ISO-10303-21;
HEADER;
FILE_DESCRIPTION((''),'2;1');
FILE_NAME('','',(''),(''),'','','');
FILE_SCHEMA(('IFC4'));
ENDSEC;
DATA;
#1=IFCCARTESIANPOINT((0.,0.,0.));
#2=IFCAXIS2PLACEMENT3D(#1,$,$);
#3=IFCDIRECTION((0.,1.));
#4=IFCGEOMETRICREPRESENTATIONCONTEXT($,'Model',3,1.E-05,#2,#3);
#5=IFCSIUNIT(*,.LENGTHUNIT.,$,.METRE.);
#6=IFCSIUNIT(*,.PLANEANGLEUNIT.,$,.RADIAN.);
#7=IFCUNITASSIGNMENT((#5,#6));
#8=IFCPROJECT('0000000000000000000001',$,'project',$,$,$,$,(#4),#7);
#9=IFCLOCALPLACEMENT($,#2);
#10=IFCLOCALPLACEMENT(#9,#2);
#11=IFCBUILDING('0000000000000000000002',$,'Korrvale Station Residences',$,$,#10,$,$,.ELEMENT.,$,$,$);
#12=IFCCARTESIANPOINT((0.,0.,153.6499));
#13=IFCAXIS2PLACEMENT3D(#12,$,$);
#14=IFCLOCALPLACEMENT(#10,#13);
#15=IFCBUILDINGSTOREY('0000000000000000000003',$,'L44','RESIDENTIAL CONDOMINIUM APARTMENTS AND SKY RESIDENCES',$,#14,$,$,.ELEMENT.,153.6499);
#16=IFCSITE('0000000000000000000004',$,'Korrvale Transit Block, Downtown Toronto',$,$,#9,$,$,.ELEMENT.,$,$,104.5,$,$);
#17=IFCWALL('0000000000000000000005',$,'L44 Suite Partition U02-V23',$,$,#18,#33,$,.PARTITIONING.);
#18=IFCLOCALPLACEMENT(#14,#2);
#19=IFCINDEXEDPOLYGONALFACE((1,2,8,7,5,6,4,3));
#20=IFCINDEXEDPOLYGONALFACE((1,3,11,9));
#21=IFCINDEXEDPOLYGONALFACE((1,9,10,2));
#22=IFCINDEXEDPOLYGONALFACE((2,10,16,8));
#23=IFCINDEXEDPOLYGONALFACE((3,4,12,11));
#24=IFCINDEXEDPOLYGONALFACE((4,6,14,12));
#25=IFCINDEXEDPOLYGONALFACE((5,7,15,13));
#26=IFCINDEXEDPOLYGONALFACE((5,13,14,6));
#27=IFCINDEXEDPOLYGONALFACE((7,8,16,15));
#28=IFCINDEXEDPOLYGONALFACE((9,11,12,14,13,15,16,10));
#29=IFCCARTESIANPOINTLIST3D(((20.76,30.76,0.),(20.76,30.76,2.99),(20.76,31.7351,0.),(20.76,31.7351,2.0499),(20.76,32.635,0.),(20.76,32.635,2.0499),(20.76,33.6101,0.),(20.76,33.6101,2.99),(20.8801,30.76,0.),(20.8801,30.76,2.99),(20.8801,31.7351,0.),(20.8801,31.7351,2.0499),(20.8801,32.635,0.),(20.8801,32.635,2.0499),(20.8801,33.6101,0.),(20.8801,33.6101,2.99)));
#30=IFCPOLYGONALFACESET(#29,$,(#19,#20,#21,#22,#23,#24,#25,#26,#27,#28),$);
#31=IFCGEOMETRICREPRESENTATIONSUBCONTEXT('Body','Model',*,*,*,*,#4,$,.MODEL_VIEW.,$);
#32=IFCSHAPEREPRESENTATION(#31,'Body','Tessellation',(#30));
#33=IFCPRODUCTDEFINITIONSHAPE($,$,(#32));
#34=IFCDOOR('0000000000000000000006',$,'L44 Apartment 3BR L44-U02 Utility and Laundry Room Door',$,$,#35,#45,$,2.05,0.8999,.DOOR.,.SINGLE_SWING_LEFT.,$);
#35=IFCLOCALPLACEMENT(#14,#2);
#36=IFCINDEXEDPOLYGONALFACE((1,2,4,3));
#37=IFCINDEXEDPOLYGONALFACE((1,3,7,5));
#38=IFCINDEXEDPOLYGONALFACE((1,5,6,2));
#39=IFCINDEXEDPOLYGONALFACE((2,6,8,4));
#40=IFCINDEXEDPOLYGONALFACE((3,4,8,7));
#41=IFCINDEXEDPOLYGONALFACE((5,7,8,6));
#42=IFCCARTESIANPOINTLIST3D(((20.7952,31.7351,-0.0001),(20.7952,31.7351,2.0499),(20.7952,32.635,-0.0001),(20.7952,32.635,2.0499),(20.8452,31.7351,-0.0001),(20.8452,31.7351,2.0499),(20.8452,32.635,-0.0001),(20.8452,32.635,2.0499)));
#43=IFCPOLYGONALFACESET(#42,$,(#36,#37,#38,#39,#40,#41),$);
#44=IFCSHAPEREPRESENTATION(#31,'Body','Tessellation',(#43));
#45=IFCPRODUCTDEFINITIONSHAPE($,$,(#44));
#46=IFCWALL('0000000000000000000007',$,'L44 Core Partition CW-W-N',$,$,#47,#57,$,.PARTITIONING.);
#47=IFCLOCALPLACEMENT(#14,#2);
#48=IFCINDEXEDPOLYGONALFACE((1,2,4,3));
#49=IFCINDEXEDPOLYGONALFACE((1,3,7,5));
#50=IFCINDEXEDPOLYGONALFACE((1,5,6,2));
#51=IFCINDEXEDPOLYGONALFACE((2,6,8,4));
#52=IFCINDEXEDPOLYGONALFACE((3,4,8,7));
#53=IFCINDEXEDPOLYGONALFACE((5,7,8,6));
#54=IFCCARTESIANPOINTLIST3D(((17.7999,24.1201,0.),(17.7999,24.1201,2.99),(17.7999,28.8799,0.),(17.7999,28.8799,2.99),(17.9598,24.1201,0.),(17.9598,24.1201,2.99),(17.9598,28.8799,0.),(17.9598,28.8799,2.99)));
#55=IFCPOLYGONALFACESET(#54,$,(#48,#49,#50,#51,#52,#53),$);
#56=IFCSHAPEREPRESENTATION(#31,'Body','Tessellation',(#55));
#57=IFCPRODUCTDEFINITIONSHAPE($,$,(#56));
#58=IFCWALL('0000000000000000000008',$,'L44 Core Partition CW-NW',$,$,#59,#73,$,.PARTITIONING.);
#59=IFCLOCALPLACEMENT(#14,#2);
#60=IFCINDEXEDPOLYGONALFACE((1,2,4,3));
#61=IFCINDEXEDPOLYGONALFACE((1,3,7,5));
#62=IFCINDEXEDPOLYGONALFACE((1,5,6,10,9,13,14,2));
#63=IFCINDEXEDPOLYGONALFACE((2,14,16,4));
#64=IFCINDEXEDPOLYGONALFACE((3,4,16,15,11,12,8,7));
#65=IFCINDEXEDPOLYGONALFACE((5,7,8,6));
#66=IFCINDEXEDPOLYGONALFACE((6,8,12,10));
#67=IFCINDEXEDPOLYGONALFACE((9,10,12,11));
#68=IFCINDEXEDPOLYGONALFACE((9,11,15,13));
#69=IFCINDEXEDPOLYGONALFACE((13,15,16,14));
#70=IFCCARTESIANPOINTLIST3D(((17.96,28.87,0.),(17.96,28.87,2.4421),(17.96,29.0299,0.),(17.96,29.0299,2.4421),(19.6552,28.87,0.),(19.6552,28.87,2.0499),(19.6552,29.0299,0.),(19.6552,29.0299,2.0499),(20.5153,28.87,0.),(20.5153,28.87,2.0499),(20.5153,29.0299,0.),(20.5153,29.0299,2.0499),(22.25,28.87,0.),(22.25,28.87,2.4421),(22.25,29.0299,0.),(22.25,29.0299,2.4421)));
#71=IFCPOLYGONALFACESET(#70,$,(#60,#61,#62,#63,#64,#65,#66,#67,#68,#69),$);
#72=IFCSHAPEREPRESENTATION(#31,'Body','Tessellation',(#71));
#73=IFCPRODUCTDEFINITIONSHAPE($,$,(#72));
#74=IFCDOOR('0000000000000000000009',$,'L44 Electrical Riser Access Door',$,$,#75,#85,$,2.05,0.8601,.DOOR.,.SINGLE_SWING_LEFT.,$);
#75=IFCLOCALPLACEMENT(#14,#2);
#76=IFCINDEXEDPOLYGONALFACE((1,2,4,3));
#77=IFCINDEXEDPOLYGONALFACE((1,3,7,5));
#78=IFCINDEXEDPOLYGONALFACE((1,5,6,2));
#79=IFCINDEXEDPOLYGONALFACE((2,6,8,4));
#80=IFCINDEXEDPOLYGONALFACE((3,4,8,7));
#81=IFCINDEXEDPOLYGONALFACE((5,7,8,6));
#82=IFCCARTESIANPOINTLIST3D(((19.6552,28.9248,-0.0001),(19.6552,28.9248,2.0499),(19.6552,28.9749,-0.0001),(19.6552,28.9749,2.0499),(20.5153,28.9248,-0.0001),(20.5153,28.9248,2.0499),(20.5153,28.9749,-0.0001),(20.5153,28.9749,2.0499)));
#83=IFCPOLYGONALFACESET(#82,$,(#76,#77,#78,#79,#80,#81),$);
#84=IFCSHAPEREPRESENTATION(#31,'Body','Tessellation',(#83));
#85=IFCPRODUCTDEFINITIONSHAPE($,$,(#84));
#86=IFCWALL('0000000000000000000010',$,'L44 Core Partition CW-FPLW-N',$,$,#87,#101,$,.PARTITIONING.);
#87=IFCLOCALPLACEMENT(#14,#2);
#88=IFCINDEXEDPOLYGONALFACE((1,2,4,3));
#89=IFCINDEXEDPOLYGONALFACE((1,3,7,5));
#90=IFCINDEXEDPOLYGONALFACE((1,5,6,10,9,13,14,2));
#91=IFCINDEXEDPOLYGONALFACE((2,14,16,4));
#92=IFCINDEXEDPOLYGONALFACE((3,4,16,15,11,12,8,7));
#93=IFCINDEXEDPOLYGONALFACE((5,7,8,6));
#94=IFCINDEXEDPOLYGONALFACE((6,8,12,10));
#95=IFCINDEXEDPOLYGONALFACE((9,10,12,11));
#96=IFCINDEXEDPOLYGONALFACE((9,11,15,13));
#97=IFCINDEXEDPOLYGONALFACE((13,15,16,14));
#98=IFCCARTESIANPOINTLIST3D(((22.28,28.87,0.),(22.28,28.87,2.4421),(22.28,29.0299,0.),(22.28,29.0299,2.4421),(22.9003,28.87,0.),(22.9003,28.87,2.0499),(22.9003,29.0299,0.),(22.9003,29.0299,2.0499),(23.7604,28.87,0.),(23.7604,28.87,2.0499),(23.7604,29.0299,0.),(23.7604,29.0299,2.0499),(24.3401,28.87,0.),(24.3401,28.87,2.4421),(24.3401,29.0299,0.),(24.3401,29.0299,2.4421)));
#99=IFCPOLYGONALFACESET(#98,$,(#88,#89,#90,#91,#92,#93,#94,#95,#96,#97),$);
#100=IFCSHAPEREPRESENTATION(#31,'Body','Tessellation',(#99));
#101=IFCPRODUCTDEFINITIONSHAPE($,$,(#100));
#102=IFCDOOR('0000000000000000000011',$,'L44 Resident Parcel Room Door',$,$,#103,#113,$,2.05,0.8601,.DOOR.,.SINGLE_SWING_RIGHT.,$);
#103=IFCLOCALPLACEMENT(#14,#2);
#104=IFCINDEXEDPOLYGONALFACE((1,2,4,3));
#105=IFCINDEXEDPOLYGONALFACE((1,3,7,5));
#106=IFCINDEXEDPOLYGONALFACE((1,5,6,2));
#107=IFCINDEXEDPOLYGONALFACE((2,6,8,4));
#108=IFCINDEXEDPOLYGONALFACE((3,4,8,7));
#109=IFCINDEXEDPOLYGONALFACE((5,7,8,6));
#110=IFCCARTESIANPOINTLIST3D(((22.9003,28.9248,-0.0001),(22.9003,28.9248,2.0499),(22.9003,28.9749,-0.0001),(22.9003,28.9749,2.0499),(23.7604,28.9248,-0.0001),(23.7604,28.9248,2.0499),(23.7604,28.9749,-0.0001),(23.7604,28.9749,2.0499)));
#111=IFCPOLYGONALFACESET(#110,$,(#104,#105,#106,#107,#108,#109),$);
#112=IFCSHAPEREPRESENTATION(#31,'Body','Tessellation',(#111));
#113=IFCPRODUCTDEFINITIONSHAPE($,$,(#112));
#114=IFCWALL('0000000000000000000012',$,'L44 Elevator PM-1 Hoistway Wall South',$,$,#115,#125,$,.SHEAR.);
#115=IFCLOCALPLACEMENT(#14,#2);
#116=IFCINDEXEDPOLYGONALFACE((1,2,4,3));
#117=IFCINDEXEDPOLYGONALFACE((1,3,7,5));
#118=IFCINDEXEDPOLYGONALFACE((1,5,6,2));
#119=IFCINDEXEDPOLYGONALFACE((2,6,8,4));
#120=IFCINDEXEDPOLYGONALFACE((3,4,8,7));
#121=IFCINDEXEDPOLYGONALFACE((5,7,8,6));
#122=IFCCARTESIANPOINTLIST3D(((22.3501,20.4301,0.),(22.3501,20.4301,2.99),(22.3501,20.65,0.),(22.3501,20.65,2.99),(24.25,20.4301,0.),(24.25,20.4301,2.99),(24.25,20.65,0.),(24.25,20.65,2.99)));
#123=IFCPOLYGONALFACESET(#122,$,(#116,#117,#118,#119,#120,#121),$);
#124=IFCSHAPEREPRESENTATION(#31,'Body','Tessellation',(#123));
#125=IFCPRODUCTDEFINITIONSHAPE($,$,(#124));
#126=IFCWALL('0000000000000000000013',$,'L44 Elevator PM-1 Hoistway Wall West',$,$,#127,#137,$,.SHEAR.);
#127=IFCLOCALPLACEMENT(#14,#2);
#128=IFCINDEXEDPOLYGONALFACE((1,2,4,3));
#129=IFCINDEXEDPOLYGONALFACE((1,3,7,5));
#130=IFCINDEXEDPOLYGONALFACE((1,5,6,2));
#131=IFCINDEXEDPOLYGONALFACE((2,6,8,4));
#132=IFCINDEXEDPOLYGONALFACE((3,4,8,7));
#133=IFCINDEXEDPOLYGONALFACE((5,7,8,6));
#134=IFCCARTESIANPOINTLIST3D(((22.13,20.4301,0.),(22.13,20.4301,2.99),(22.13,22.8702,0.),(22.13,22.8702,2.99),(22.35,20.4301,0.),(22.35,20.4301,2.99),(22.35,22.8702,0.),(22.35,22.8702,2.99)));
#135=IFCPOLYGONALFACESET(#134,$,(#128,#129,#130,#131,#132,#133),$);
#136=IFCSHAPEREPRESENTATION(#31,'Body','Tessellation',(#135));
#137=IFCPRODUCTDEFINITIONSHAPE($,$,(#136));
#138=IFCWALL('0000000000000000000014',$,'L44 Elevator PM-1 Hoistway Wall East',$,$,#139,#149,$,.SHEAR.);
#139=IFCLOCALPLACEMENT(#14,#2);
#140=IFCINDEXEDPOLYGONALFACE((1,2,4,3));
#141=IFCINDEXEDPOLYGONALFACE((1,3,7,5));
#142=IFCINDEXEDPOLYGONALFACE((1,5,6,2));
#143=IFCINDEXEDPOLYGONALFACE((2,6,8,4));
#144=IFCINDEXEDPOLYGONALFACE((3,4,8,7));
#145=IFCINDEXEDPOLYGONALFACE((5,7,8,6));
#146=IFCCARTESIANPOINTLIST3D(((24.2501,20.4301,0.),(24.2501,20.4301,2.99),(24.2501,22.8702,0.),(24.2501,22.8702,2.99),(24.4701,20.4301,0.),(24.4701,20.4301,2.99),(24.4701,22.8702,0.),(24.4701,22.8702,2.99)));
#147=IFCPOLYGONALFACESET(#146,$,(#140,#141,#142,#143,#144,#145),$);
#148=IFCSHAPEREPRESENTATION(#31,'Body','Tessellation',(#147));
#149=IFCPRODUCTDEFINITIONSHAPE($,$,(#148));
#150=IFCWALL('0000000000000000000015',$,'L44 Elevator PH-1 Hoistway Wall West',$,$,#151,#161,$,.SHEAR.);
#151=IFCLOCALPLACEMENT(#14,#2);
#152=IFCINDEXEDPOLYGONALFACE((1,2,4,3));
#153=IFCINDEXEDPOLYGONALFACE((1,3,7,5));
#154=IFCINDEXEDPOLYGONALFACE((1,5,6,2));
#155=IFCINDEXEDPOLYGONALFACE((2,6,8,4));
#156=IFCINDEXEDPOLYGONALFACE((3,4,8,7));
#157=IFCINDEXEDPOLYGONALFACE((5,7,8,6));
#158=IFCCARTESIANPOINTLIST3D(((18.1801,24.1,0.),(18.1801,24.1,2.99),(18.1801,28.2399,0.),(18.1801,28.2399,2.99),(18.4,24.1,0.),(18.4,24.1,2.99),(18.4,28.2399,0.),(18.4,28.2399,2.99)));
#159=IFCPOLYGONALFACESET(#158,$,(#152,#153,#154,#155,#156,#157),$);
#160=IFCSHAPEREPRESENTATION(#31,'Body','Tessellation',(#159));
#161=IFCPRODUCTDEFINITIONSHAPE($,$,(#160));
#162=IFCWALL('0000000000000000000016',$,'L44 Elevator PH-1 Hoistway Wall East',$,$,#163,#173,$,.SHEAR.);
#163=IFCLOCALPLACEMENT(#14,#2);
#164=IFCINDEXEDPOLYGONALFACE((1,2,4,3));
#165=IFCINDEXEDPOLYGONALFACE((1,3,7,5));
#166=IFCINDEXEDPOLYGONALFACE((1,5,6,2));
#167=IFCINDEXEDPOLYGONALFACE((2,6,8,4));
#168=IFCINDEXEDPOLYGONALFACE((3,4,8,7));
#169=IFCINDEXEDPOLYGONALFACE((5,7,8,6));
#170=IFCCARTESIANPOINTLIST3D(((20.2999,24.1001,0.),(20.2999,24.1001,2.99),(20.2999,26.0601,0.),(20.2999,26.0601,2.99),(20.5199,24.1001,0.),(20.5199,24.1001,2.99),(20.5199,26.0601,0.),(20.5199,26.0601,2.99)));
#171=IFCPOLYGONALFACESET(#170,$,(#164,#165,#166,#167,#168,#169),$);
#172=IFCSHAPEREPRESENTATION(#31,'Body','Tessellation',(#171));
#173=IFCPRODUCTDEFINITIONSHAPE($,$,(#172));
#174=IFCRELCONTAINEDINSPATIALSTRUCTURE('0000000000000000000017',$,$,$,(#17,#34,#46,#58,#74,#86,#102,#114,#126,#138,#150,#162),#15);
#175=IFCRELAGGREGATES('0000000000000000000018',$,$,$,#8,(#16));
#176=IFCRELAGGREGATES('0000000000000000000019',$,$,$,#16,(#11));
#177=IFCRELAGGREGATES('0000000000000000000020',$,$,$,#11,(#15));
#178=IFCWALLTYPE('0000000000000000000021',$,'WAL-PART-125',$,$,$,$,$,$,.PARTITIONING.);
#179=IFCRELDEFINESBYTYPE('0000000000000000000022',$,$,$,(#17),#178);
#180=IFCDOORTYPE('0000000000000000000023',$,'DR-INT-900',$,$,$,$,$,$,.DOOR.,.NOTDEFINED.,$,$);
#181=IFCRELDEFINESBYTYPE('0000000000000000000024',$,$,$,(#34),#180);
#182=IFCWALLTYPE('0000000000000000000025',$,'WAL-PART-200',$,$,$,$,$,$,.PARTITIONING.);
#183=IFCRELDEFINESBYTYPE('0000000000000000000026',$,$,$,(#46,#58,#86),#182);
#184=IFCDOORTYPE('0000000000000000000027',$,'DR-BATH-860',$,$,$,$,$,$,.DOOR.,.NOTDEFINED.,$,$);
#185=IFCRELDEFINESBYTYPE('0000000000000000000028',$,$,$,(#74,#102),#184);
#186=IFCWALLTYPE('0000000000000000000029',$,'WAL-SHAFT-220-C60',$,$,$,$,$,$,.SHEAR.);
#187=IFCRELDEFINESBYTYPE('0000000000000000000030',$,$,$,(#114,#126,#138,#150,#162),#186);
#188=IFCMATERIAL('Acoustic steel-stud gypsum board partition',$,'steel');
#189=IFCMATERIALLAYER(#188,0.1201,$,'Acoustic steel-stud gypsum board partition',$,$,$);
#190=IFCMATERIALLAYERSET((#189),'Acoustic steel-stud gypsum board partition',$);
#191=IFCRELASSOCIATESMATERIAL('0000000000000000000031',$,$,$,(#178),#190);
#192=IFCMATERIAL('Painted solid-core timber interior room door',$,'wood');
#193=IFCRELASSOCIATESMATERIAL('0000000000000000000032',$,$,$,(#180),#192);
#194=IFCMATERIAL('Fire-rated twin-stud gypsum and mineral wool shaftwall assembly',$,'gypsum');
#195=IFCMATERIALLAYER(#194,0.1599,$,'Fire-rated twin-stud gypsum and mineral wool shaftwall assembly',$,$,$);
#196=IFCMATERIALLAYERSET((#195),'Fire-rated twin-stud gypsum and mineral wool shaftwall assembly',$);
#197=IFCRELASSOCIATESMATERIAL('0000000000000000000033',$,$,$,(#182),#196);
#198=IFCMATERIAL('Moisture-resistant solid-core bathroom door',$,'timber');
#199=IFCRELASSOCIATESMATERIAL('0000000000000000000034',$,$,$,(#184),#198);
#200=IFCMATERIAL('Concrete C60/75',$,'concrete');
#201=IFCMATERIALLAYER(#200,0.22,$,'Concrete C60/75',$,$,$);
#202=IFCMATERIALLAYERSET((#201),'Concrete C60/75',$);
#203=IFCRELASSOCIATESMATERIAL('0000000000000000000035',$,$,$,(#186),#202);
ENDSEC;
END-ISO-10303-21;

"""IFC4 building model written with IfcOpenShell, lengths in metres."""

from ifc_helpers import new_model, si_unit, direction, frame, frame_2d, origin, place, context, subcontext, project, spatial, rectangle, extrude, material, layer, layer_set, type_object, element, fill, save


model = new_model("IFC4")

# Units and contexts
model_context = context("Model", 3, precision=1e-05, world=origin(), true_north=direction((0.0, 1.0)))
body_context = subcontext(model_context, "Body", "Model", "MODEL_VIEW")
ifc_project = project(units=[si_unit("LENGTHUNIT", "METRE"), si_unit("PLANEANGLEUNIT", "RADIAN")], contexts=[model_context])

# Site, building, storey
site_placement = place(None, origin())
site = spatial("IfcSite", under=ifc_project, at=site_placement, Name="Korrvale Transit Block, Downtown Toronto", CompositionType="ELEMENT", RefElevation=104.5)
building_placement = place(site_placement, origin())
building = spatial("IfcBuilding", under=site, at=building_placement, Name="Korrvale Station Residences", CompositionType="ELEMENT")
storey_placement = place(building_placement, frame((0.0, 0.0, 153.6499)))
storey = spatial("IfcBuildingStorey", under=building, at=storey_placement, Name="L44", Description="RESIDENTIAL CONDOMINIUM APARTMENTS AND SKY RESIDENCES", CompositionType="ELEMENT", Elevation=153.6499)

# Shared definitions
ifc_material_1 = material(Name="Concrete C60/75", Category="concrete")

# Shared definitions
ifc_material_2 = material(Name="Acoustic steel-stud gypsum board partition", Category="steel")
ifc_layer_1 = layer(ifc_material_2, 0.1201, Name="Acoustic steel-stud gypsum board partition")
ifc_layer_set_1 = layer_set([ifc_layer_1], Name="Acoustic steel-stud gypsum board partition")
wall_type_1 = type_object("IfcWallType", Name="WAL-PART-125", PredefinedType="PARTITIONING", material=ifc_layer_set_1)

# Wall, opening, door
wall_1_placement = place(storey_placement, frame((20.8201, 30.76, 0.0), z_axis=(0.0, 0.0, 1.0), x_axis=(0.0, 1.0, 0.0)))
wall_1 = element("IfcWall", 1, at=wall_1_placement, inside=storey, type_object=wall_type_1, Name="L44 Suite Partition U02-V23", PredefinedType="PARTITIONING", context=body_context, shape_type="SweptSolid", body=[
    extrude(rectangle(XDim=2.8501, YDim=0.1201, at=frame_2d((1.425, 0.0))), origin(), (0.0, 0.0, 1.0), 2.99),
])
opening_1_placement = place(wall_1_placement, frame((0.9751, 0.0, 0.0)))
opening_1 = element("IfcOpeningElement", 2, at=opening_1_placement, cuts=wall_1, PredefinedType="OPENING", context=body_context, shape_type="SweptSolid", body=[
    extrude(rectangle(XDim=0.8999, YDim=2.05, at=frame_2d((0.45, 1.0249))), frame((0.0, 0.0701, 0.0), z_axis=(0.0, -1.0, 0.0), x_axis=(1.0, 0.0, 0.0)), (0.0, 0.0, 1.0), 0.1401),
])
ifc_material_3 = material(Name="Painted solid-core timber interior room door", Category="wood")
door_type_1 = type_object("IfcDoorType", Name="DR-INT-900", OperationType="NOTDEFINED", PredefinedType="DOOR", material=ifc_material_3)
door_1_placement = place(opening_1_placement, origin())
door_1 = element("IfcDoor", 3, at=door_1_placement, inside=storey, type_object=door_type_1, Name="L44 Apartment 3BR L44-U02 Utility and Laundry Room Door", OperationType="SINGLE_SWING_LEFT", OverallHeight=2.05, OverallWidth=0.8999, PredefinedType="DOOR", context=body_context, shape_type="SweptSolid", body=[
    extrude(rectangle(XDim=0.8999, YDim=2.05, at=frame_2d((0.45, 1.0249))), frame((0.0, 0.0249, 0.0), z_axis=(0.0, -1.0, 0.0), x_axis=(1.0, 0.0, 0.0)), (0.0, 0.0, 1.0), 0.05),
])
fill(opening_1, door_1)

# Wall
ifc_material_4 = material(Name="Fire-rated twin-stud gypsum and mineral wool shaftwall assembly", Category="gypsum")
ifc_layer_2 = layer(ifc_material_4, 0.1599, Name="Fire-rated twin-stud gypsum and mineral wool shaftwall assembly")
ifc_layer_set_2 = layer_set([ifc_layer_2], Name="Fire-rated twin-stud gypsum and mineral wool shaftwall assembly")
wall_type_2 = type_object("IfcWallType", Name="WAL-PART-200", PredefinedType="PARTITIONING", material=ifc_layer_set_2)
wall_2_placement = place(storey_placement, frame((17.8799, 24.1201, 0.0), z_axis=(0.0, 0.0, 1.0), x_axis=(0.0, 1.0, 0.0)))
element("IfcWall", 4, at=wall_2_placement, inside=storey, type_object=wall_type_2, Name="L44 Core Partition CW-W-N", PredefinedType="PARTITIONING", context=body_context, shape_type="SweptSolid", body=[
    extrude(rectangle(XDim=4.7598, YDim=0.1599, at=frame_2d((2.3799, 0.0))), origin(), (0.0, 0.0, 1.0), 2.99),
])

# Walls, openings, doors
wall_3_placement = place(storey_placement, frame((17.96, 28.95, 0.0), z_axis=(0.0, 0.0, 1.0), x_axis=(1.0, 0.0, 0.0)))
wall_3 = element("IfcWall", 5, at=wall_3_placement, inside=storey, type_object=wall_type_2, Name="L44 Core Partition CW-NW", PredefinedType="PARTITIONING", context=body_context, shape_type="SweptSolid", body=[
    extrude(rectangle(XDim=4.29, YDim=0.1599, at=frame_2d((2.145, 0.0))), origin(), (0.0, 0.0, 1.0), 2.4421),
])
opening_2_placement = place(wall_3_placement, frame((1.6951, 0.0, 0.0)))
opening_2 = element("IfcOpeningElement", 6, at=opening_2_placement, cuts=wall_3, PredefinedType="OPENING", context=body_context, shape_type="SweptSolid", body=[
    extrude(rectangle(XDim=0.8601, YDim=2.05, at=frame_2d((0.4302, 1.0249))), frame((0.0, 0.0898, 0.0), z_axis=(0.0, -1.0, 0.0), x_axis=(1.0, 0.0, 0.0)), (0.0, 0.0, 1.0), 0.1799),
])
ifc_material_5 = material(Name="Moisture-resistant solid-core bathroom door", Category="timber")
door_type_2 = type_object("IfcDoorType", Name="DR-BATH-860", OperationType="NOTDEFINED", PredefinedType="DOOR", material=ifc_material_5)
door_2_placement = place(opening_2_placement, origin())
door_2 = element("IfcDoor", 7, at=door_2_placement, inside=storey, type_object=door_type_2, Name="L44 Electrical Riser Access Door", OperationType="SINGLE_SWING_LEFT", OverallHeight=2.05, OverallWidth=0.8601, PredefinedType="DOOR", context=body_context, shape_type="SweptSolid", body=[
    extrude(rectangle(XDim=0.8601, YDim=2.05, at=frame_2d((0.4302, 1.0249))), frame((0.0, 0.0249, 0.0), z_axis=(0.0, -1.0, 0.0), x_axis=(1.0, 0.0, 0.0)), (0.0, 0.0, 1.0), 0.05),
])
fill(opening_2, door_2)
wall_4_placement = place(storey_placement, frame((22.28, 28.95, 0.0), z_axis=(0.0, 0.0, 1.0), x_axis=(1.0, 0.0, 0.0)))
wall_4 = element("IfcWall", 8, at=wall_4_placement, inside=storey, type_object=wall_type_2, Name="L44 Core Partition CW-FPLW-N", PredefinedType="PARTITIONING", context=body_context, shape_type="SweptSolid", body=[
    extrude(rectangle(XDim=2.0601, YDim=0.1599, at=frame_2d((1.03, 0.0))), origin(), (0.0, 0.0, 1.0), 2.4421),
])
opening_3_placement = place(wall_4_placement, frame((0.6201, 0.0, 0.0)))
opening_3 = element("IfcOpeningElement", 9, at=opening_3_placement, cuts=wall_4, PredefinedType="OPENING", context=body_context, shape_type="SweptSolid", body=[
    extrude(rectangle(XDim=0.8601, YDim=2.05, at=frame_2d((0.4302, 1.0249))), frame((0.0, 0.0898, 0.0), z_axis=(0.0, -1.0, 0.0), x_axis=(1.0, 0.0, 0.0)), (0.0, 0.0, 1.0), 0.1799),
])
door_3_placement = place(opening_3_placement, origin())
door_3 = element("IfcDoor", 10, at=door_3_placement, inside=storey, type_object=door_type_2, Name="L44 Resident Parcel Room Door", OperationType="SINGLE_SWING_RIGHT", OverallHeight=2.05, OverallWidth=0.8601, PredefinedType="DOOR", context=body_context, shape_type="SweptSolid", body=[
    extrude(rectangle(XDim=0.8601, YDim=2.05, at=frame_2d((0.4302, 1.0249))), frame((0.0, 0.0249, 0.0), z_axis=(0.0, -1.0, 0.0), x_axis=(1.0, 0.0, 0.0)), (0.0, 0.0, 1.0), 0.05),
])
fill(opening_3, door_3)

# Wall
ifc_layer_3 = layer(ifc_material_1, 0.22, Name="Concrete C60/75")
ifc_layer_set_3 = layer_set([ifc_layer_3], Name="Concrete C60/75")
wall_type_3 = type_object("IfcWallType", Name="WAL-SHAFT-220-C60", PredefinedType="SHEAR", material=ifc_layer_set_3)
wall_5_placement = place(storey_placement, frame((22.3501, 20.54, 0.0), z_axis=(0.0, 0.0, 1.0), x_axis=(1.0, 0.0, 0.0)))
element("IfcWall", 11, at=wall_5_placement, inside=storey, type_object=wall_type_3, Name="L44 Elevator PM-1 Hoistway Wall South", PredefinedType="SHEAR", context=body_context, shape_type="SweptSolid", body=[
    extrude(rectangle(XDim=1.8999, YDim=0.22, at=frame_2d((0.95, 0.0))), origin(), (0.0, 0.0, 1.0), 2.99),
])

# Walls
for number, where, z_axis, x_axis, name in (
    (12, (22.24, 20.4299, 0.0), (0.0, 0.0, 1.0), (0.0, 1.0, 0.0), "L44 Elevator PM-1 Hoistway Wall West"),
    (13, (24.3601, 20.4299, 0.0), (0.0, 0.0, 1.0), (0.0, 1.0, 0.0), "L44 Elevator PM-1 Hoistway Wall East"),
):
    element("IfcWall", number, at=place(storey_placement, frame(where, z_axis=z_axis, x_axis=x_axis)), inside=storey, type_object=wall_type_3, Name=name, PredefinedType="SHEAR", context=body_context, shape_type="SweptSolid", body=[
        extrude(rectangle(XDim=2.4402, YDim=0.22, at=frame_2d((1.2202, 0.0))), origin(), (0.0, 0.0, 1.0), 2.99),
    ])
wall_6_placement = place(storey_placement, frame((18.29, 24.1001, 0.0), z_axis=(0.0, 0.0, 1.0), x_axis=(0.0, 1.0, 0.0)))
element("IfcWall", 14, at=wall_6_placement, inside=storey, type_object=wall_type_3, Name="L44 Elevator PH-1 Hoistway Wall West", PredefinedType="SHEAR", context=body_context, shape_type="SweptSolid", body=[
    extrude(rectangle(XDim=4.1399, YDim=0.22, at=frame_2d((2.0698, 0.0))), origin(), (0.0, 0.0, 1.0), 2.99),
])
wall_7_placement = place(storey_placement, frame((20.4099, 24.1001, 0.0), z_axis=(0.0, 0.0, 1.0), x_axis=(0.0, 1.0, 0.0)))
element("IfcWall", 15, at=wall_7_placement, inside=storey, type_object=wall_type_3, Name="L44 Elevator PH-1 Hoistway Wall East", PredefinedType="SHEAR", context=body_context, shape_type="SweptSolid", body=[
    extrude(rectangle(XDim=1.96, YDim=0.22, at=frame_2d((0.98, 0.0))), origin(), (0.0, 0.0, 1.0), 2.99),
])

save(model, "model.ifc")
